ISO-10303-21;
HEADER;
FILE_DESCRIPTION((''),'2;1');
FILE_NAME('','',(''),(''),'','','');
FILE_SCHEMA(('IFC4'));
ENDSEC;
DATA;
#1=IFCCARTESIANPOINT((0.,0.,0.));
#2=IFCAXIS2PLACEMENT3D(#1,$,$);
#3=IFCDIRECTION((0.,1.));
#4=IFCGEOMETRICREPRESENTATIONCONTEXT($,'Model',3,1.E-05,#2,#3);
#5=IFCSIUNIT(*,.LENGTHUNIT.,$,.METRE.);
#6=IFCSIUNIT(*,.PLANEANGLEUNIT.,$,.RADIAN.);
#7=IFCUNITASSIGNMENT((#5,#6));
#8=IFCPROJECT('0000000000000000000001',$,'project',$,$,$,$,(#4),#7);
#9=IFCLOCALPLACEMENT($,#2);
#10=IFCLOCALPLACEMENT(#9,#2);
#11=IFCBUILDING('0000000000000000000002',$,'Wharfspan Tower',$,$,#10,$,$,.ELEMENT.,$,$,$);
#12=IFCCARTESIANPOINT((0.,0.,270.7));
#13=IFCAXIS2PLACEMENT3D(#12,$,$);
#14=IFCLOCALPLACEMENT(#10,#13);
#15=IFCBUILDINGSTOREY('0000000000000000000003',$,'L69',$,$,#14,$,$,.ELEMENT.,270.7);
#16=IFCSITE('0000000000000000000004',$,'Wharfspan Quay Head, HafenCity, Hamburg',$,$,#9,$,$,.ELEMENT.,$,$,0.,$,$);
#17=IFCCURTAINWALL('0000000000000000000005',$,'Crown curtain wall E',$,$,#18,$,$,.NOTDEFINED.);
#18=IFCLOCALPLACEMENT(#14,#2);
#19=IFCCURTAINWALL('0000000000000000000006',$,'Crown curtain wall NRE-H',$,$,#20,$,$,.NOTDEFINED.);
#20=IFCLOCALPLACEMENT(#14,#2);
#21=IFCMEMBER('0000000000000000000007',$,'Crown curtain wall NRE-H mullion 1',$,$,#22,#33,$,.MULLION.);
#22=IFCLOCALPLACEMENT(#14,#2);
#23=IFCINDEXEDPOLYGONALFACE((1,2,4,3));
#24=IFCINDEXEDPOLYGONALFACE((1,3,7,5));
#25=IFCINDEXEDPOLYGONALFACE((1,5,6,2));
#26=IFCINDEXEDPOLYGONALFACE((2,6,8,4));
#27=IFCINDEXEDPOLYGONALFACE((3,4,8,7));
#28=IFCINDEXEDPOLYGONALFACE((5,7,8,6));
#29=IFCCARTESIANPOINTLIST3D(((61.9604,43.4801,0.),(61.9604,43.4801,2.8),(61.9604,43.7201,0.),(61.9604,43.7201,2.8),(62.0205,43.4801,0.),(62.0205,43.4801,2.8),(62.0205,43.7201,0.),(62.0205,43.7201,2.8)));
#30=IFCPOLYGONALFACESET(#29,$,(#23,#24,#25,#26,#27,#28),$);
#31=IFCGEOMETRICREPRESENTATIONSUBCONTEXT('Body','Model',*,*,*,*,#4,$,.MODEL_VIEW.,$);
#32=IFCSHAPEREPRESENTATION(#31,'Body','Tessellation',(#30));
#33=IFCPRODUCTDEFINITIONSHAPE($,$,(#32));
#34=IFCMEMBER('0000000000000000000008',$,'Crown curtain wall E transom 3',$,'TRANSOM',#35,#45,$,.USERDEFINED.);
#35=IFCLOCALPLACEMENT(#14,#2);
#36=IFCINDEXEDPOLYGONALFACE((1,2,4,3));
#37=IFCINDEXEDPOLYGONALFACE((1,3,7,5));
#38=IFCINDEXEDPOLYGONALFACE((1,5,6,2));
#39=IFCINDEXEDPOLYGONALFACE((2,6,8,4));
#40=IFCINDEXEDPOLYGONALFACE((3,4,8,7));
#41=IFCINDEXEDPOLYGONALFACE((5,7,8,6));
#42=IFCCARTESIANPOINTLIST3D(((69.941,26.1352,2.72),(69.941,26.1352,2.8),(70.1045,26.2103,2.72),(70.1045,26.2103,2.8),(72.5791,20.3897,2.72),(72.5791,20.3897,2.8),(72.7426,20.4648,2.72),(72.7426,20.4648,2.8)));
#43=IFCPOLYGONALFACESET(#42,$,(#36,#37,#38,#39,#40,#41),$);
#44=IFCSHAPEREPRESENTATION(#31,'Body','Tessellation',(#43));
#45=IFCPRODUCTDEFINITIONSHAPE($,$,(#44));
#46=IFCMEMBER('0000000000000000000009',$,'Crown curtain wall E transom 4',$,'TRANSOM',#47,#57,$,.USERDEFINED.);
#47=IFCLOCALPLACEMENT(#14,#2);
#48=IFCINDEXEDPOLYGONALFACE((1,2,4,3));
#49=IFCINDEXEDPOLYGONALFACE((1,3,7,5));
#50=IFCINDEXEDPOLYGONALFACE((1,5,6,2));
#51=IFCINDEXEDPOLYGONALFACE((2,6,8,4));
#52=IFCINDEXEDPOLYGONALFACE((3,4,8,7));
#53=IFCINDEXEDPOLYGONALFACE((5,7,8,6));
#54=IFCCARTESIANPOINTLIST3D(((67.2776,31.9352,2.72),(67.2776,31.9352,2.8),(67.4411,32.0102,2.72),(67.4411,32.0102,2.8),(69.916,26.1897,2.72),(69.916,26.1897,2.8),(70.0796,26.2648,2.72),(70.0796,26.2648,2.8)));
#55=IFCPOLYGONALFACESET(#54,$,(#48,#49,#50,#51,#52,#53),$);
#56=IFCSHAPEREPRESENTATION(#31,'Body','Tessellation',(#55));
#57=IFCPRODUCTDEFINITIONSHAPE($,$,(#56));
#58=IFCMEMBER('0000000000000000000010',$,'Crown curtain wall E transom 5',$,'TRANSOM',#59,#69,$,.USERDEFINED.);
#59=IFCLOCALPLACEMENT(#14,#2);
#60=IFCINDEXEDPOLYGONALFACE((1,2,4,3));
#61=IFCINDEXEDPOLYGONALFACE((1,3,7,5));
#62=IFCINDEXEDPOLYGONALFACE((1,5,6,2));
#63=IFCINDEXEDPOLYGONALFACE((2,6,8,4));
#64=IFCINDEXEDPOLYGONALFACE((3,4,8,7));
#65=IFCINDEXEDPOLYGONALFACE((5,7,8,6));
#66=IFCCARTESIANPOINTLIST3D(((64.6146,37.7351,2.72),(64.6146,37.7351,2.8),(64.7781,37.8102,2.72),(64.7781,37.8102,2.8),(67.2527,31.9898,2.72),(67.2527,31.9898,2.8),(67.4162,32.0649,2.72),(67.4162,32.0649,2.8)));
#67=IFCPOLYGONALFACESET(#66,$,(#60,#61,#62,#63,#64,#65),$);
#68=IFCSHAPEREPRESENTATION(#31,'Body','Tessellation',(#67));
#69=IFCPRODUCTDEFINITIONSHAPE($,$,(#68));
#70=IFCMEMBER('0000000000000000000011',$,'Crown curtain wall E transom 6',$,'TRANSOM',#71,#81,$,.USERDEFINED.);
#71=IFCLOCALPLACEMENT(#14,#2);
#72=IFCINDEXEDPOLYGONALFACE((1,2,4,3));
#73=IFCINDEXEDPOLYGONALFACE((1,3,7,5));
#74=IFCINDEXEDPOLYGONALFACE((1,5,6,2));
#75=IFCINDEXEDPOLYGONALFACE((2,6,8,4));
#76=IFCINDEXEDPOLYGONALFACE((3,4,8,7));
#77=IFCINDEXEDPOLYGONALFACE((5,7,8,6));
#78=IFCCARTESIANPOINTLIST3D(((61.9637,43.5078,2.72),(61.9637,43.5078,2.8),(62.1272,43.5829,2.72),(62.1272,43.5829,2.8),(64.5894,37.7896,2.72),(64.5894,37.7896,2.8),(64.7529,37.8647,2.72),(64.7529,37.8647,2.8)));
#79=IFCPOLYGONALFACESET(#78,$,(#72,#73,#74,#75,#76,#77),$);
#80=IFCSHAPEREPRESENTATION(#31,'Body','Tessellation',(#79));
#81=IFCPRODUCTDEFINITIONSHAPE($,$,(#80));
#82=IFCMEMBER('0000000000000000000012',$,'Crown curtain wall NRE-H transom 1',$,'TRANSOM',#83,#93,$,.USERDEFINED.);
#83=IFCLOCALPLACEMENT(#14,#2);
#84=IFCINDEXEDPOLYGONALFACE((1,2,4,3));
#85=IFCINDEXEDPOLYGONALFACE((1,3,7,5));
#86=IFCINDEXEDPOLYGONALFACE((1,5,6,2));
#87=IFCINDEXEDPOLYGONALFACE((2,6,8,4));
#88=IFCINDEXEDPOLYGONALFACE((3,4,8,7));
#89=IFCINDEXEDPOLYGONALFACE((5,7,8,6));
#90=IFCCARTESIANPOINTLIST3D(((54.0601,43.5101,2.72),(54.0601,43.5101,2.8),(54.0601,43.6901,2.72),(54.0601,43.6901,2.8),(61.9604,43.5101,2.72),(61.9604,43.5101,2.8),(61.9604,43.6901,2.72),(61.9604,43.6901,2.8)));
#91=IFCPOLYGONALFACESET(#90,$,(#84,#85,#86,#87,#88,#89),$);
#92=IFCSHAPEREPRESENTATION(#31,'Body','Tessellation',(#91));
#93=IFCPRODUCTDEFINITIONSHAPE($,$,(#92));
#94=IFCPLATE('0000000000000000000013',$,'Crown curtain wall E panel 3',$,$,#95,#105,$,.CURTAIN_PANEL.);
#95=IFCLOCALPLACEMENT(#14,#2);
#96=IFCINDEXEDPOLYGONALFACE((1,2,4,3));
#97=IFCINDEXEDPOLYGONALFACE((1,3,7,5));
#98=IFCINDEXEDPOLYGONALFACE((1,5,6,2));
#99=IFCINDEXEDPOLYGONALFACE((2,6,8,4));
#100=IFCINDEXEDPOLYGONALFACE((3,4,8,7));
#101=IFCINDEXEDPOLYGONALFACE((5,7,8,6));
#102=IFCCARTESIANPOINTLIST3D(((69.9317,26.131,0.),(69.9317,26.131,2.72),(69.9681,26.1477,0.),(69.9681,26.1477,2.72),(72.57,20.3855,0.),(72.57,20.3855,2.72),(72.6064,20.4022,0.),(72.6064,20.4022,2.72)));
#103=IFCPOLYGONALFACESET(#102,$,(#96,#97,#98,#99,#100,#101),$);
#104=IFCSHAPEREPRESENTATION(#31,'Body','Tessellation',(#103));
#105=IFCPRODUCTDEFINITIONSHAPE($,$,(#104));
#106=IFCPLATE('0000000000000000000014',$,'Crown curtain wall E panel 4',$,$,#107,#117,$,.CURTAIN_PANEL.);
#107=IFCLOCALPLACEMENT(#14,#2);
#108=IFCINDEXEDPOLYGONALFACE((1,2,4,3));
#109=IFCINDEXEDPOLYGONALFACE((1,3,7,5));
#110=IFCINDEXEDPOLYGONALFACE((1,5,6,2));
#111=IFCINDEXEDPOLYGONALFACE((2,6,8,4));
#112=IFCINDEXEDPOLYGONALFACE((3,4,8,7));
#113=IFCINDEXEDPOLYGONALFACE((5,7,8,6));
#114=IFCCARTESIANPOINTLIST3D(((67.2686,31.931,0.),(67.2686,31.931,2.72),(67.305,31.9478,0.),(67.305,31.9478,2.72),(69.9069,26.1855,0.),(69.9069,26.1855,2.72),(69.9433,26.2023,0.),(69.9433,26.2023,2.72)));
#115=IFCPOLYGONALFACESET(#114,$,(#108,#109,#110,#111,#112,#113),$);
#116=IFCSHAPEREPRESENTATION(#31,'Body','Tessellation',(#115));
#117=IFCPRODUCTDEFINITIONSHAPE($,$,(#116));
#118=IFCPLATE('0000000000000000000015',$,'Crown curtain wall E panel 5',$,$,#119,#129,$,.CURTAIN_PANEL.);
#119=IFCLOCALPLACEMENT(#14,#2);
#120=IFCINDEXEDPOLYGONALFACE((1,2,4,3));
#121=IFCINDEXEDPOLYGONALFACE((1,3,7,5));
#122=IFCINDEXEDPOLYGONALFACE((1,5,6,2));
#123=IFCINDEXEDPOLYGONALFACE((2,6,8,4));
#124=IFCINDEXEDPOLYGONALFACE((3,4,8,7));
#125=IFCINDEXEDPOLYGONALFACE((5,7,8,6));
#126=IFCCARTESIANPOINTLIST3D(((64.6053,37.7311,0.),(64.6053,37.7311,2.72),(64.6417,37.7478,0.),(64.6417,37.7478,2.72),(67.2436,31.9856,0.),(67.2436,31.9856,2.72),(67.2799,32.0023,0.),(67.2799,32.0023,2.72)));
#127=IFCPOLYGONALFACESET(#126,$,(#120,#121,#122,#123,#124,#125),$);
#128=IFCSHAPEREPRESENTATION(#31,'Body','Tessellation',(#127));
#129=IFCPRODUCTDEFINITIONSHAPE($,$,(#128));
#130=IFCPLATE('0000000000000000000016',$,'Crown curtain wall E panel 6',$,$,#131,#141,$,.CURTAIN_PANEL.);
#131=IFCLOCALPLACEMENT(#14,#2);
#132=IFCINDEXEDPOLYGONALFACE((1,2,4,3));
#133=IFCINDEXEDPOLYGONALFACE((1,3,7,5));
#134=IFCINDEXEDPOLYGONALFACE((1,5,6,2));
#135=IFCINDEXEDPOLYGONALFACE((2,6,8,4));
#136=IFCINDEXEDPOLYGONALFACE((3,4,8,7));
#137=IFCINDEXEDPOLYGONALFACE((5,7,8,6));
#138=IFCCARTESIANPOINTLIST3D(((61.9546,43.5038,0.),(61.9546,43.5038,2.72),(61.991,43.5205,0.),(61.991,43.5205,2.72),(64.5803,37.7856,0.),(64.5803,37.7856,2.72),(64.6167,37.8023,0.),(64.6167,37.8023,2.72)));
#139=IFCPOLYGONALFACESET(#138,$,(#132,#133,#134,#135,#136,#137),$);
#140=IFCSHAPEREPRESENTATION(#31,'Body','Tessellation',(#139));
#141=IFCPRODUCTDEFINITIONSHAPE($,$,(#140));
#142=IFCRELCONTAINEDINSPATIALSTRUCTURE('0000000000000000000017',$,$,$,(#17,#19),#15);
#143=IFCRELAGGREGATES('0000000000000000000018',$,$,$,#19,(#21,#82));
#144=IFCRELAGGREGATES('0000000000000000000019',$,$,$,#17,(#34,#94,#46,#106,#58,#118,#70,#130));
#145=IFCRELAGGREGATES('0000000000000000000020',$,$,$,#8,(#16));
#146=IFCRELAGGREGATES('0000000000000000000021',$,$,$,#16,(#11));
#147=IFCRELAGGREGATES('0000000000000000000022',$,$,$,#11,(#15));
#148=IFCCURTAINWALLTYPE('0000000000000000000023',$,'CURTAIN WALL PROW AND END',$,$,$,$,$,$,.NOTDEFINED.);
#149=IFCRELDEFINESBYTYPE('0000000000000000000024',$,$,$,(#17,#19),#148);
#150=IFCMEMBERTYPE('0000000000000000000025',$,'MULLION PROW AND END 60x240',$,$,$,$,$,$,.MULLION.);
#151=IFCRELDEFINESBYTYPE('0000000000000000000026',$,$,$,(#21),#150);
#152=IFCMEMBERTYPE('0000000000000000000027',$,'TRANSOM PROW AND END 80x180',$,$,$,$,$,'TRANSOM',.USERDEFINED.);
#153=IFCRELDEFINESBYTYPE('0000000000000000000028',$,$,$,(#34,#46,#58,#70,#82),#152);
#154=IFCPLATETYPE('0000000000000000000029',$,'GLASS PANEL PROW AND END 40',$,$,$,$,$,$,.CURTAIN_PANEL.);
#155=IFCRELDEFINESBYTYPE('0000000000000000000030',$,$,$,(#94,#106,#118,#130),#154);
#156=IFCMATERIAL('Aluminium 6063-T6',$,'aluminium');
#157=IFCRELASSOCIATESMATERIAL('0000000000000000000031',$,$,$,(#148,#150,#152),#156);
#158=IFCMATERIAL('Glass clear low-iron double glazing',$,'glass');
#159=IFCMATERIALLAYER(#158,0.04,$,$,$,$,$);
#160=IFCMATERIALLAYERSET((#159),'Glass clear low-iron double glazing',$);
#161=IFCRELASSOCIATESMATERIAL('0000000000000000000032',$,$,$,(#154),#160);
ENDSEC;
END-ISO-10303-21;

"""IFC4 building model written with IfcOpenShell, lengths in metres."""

from ifc_helpers import new_model, si_unit, direction, frame, origin, origin_2d, place, context, subcontext, project, spatial, rectangle, extrude, material, layer, layer_set, material_profile, profile_set, type_object, element, aggregate, save


model = new_model("IFC4")

# Units and contexts
model_context = context("Model", 3, precision=1e-05, world=origin(), true_north=direction((0.0, 1.0)))
body_context = subcontext(model_context, "Body", "Model", "MODEL_VIEW")
ifc_project = project(units=[si_unit("LENGTHUNIT", "METRE"), si_unit("PLANEANGLEUNIT", "RADIAN")], contexts=[model_context])

# Site, building, storey
site_placement = place(None, origin())
site = spatial("IfcSite", under=ifc_project, at=site_placement, Name="Wharfspan Quay Head, HafenCity, Hamburg", CompositionType="ELEMENT", RefElevation=0.0)
building_placement = place(site_placement, origin())
building = spatial("IfcBuilding", under=site, at=building_placement, Name="Wharfspan Tower", CompositionType="ELEMENT")
storey_placement = place(building_placement, frame((0.0, 0.0, 270.7)))
storey = spatial("IfcBuildingStorey", under=building, at=storey_placement, Name="L69", CompositionType="ELEMENT", Elevation=270.7)

# Curtain wall
ifc_material_1 = material(Name="Aluminium 6063-T6", Category="aluminium")
curtain_wall_type = type_object("IfcCurtainWallType", Name="CURTAIN WALL PROW AND END", PredefinedType="NOTDEFINED", material=ifc_material_1)
curtain_wall_1_placement = place(storey_placement, origin())
curtain_wall_1 = element("IfcCurtainWall", 1, at=curtain_wall_1_placement, inside=storey, type_object=curtain_wall_type, Name="Crown curtain wall E", PredefinedType="NOTDEFINED")
ifc_material_profile_1 = material_profile(ifc_material_1, rectangle(XDim=0.24, YDim=0.0601, at=origin_2d()))
ifc_profile_set_1 = profile_set([ifc_material_profile_1], Name="Aluminium 6063-T6")
member_type_1 = type_object("IfcMemberType", Name="MULLION PROW AND END 60x240", PredefinedType="MULLION", material=ifc_profile_set_1)

# Curtain wall, member
curtain_wall_2_placement = place(storey_placement, origin())
curtain_wall_2 = element("IfcCurtainWall", 2, at=curtain_wall_2_placement, inside=storey, type_object=curtain_wall_type, Name="Crown curtain wall NRE-H", PredefinedType="NOTDEFINED")
member_1_placement = place(storey_placement, frame((61.9905, 43.6001, 0.0), z_axis=(0.0, 0.0, 1.0), x_axis=(0.0, -1.0, 0.0)))
member_1 = element("IfcMember", 3, at=member_1_placement, type_object=member_type_1, Name="Crown curtain wall NRE-H mullion 1", PredefinedType="MULLION", context=body_context, shape_type="SweptSolid", body=[
    extrude(rectangle(XDim=0.24, YDim=0.0601, at=origin_2d()), origin(), (0.0, 0.0, 1.0), 2.8),
])

# Members
ifc_material_profile_2 = material_profile(ifc_material_1, rectangle(XDim=0.1799, YDim=0.0801, at=origin_2d()))
ifc_profile_set_2 = profile_set([ifc_material_profile_2], Name="Aluminium 6063-T6")
member_type_2 = type_object("IfcMemberType", Name="TRANSOM PROW AND END 80x180", ElementType="TRANSOM", PredefinedType="USERDEFINED", material=ifc_profile_set_2)
member_2_placement = place(storey_placement, frame((72.6609, 20.4272, 2.76), z_axis=(-0.41728, 0.908778, 0.0), x_axis=(-0.908778, -0.41728, 0.0)))
member_2 = element("IfcMember", 4, at=member_2_placement, type_object=member_type_2, Name="Crown curtain wall E transom 3", ObjectType="TRANSOM", PredefinedType="USERDEFINED", context=body_context, shape_type="SweptSolid", body=[
    extrude(rectangle(XDim=0.1799, YDim=0.0801, at=origin_2d()), origin(), (0.0, 0.0, 1.0), 6.3223),
])
member_3_placement = place(storey_placement, frame((69.9978, 26.2273, 2.76), z_axis=(-0.417326, 0.908757, 0.0), x_axis=(-0.908757, -0.417326, 0.0)))
member_3 = element("IfcMember", 5, at=member_3_placement, type_object=member_type_2, Name="Crown curtain wall E transom 4", ObjectType="TRANSOM", PredefinedType="USERDEFINED", context=body_context, shape_type="SweptSolid", body=[
    extrude(rectangle(XDim=0.1799, YDim=0.0801, at=origin_2d()), origin(), (0.0, 0.0, 1.0), 6.3223),
])
member_4_placement = place(storey_placement, frame((67.3345, 32.0273, 2.76), z_axis=(-0.417294, 0.908771, 0.0), x_axis=(-0.908771, -0.417294, 0.0)))
member_4 = element("IfcMember", 6, at=member_4_placement, type_object=member_type_2, Name="Crown curtain wall E transom 5", ObjectType="TRANSOM", PredefinedType="USERDEFINED", context=body_context, shape_type="SweptSolid", body=[
    extrude(rectangle(XDim=0.1799, YDim=0.0801, at=origin_2d()), origin(), (0.0, 0.0, 1.0), 6.322),
])
member_5_placement = place(storey_placement, frame((64.6711, 37.8271, 2.76), z_axis=(-0.417293, 0.908772, 0.0), x_axis=(-0.908772, -0.417293, 0.0)))
member_5 = element("IfcMember", 7, at=member_5_placement, type_object=member_type_2, Name="Crown curtain wall E transom 6", ObjectType="TRANSOM", PredefinedType="USERDEFINED", context=body_context, shape_type="SweptSolid", body=[
    extrude(rectangle(XDim=0.1799, YDim=0.0801, at=origin_2d()), origin(), (0.0, 0.0, 1.0), 6.2922),
])
member_6_placement = place(storey_placement, frame((61.9604, 43.6001, 2.76), z_axis=(-1.0, 0.0, 0.0), x_axis=(0.0, -1.0, 0.0)))
member_6 = element("IfcMember", 8, at=member_6_placement, type_object=member_type_2, Name="Crown curtain wall NRE-H transom 1", ObjectType="TRANSOM", PredefinedType="USERDEFINED", context=body_context, shape_type="SweptSolid", body=[
    extrude(rectangle(XDim=0.1799, YDim=0.0801, at=origin_2d()), origin(), (0.0, 0.0, 1.0), 7.9004),
])
aggregate(curtain_wall_2, [member_1, member_6])

# Plates
ifc_material_2 = material(Name="Glass clear low-iron double glazing", Category="glass")
ifc_layer = layer(ifc_material_2, 0.04)
ifc_layer_set = layer_set([ifc_layer], Name="Glass clear low-iron double glazing")
plate_type = type_object("IfcPlateType", Name="GLASS PANEL PROW AND END 40", PredefinedType="CURTAIN_PANEL", material=ifc_layer_set)
plate_1_placement = place(storey_placement, frame((71.269, 23.2666, 0.0), z_axis=(0.0, 0.0, 1.0), x_axis=(-0.417292, 0.908769, 0.0)))
plate_1 = element("IfcPlate", 9, at=plate_1_placement, type_object=plate_type, Name="Crown curtain wall E panel 3", PredefinedType="CURTAIN_PANEL", context=body_context, shape_type="SweptSolid", body=[
    extrude(rectangle(XDim=6.3223, YDim=0.04, at=origin_2d()), origin(), (0.0, 0.0, 1.0), 2.72),
])
plate_2_placement = place(storey_placement, frame((68.606, 29.0666, 0.0), z_axis=(0.0, 0.0, 1.0), x_axis=(-0.417292, 0.908769, 0.0)))
plate_2 = element("IfcPlate", 10, at=plate_2_placement, type_object=plate_type, Name="Crown curtain wall E panel 4", PredefinedType="CURTAIN_PANEL", context=body_context, shape_type="SweptSolid", body=[
    extrude(rectangle(XDim=6.3223, YDim=0.04, at=origin_2d()), origin(), (0.0, 0.0, 1.0), 2.72),
])
plate_3_placement = place(storey_placement, frame((65.9426, 34.8667, 0.0), z_axis=(0.0, 0.0, 1.0), x_axis=(-0.417292, 0.908769, 0.0)))
plate_3 = element("IfcPlate", 11, at=plate_3_placement, type_object=plate_type, Name="Crown curtain wall E panel 5", PredefinedType="CURTAIN_PANEL", context=body_context, shape_type="SweptSolid", body=[
    extrude(rectangle(XDim=6.3223, YDim=0.04, at=origin_2d()), origin(), (0.0, 0.0, 1.0), 2.72),
])
plate_4_placement = place(storey_placement, frame((63.2856, 40.6531, 0.0), z_axis=(0.0, 0.0, 1.0), x_axis=(-0.417292, 0.908769, 0.0)))
plate_4 = element("IfcPlate", 12, at=plate_4_placement, type_object=plate_type, Name="Crown curtain wall E panel 6", PredefinedType="CURTAIN_PANEL", context=body_context, shape_type="SweptSolid", body=[
    extrude(rectangle(XDim=6.2922, YDim=0.04, at=origin_2d()), origin(), (0.0, 0.0, 1.0), 2.72),
])
aggregate(curtain_wall_1, [member_2, plate_1, member_3, plate_2, member_4, plate_3, member_5, plate_4])

save(model, "model.ifc")
